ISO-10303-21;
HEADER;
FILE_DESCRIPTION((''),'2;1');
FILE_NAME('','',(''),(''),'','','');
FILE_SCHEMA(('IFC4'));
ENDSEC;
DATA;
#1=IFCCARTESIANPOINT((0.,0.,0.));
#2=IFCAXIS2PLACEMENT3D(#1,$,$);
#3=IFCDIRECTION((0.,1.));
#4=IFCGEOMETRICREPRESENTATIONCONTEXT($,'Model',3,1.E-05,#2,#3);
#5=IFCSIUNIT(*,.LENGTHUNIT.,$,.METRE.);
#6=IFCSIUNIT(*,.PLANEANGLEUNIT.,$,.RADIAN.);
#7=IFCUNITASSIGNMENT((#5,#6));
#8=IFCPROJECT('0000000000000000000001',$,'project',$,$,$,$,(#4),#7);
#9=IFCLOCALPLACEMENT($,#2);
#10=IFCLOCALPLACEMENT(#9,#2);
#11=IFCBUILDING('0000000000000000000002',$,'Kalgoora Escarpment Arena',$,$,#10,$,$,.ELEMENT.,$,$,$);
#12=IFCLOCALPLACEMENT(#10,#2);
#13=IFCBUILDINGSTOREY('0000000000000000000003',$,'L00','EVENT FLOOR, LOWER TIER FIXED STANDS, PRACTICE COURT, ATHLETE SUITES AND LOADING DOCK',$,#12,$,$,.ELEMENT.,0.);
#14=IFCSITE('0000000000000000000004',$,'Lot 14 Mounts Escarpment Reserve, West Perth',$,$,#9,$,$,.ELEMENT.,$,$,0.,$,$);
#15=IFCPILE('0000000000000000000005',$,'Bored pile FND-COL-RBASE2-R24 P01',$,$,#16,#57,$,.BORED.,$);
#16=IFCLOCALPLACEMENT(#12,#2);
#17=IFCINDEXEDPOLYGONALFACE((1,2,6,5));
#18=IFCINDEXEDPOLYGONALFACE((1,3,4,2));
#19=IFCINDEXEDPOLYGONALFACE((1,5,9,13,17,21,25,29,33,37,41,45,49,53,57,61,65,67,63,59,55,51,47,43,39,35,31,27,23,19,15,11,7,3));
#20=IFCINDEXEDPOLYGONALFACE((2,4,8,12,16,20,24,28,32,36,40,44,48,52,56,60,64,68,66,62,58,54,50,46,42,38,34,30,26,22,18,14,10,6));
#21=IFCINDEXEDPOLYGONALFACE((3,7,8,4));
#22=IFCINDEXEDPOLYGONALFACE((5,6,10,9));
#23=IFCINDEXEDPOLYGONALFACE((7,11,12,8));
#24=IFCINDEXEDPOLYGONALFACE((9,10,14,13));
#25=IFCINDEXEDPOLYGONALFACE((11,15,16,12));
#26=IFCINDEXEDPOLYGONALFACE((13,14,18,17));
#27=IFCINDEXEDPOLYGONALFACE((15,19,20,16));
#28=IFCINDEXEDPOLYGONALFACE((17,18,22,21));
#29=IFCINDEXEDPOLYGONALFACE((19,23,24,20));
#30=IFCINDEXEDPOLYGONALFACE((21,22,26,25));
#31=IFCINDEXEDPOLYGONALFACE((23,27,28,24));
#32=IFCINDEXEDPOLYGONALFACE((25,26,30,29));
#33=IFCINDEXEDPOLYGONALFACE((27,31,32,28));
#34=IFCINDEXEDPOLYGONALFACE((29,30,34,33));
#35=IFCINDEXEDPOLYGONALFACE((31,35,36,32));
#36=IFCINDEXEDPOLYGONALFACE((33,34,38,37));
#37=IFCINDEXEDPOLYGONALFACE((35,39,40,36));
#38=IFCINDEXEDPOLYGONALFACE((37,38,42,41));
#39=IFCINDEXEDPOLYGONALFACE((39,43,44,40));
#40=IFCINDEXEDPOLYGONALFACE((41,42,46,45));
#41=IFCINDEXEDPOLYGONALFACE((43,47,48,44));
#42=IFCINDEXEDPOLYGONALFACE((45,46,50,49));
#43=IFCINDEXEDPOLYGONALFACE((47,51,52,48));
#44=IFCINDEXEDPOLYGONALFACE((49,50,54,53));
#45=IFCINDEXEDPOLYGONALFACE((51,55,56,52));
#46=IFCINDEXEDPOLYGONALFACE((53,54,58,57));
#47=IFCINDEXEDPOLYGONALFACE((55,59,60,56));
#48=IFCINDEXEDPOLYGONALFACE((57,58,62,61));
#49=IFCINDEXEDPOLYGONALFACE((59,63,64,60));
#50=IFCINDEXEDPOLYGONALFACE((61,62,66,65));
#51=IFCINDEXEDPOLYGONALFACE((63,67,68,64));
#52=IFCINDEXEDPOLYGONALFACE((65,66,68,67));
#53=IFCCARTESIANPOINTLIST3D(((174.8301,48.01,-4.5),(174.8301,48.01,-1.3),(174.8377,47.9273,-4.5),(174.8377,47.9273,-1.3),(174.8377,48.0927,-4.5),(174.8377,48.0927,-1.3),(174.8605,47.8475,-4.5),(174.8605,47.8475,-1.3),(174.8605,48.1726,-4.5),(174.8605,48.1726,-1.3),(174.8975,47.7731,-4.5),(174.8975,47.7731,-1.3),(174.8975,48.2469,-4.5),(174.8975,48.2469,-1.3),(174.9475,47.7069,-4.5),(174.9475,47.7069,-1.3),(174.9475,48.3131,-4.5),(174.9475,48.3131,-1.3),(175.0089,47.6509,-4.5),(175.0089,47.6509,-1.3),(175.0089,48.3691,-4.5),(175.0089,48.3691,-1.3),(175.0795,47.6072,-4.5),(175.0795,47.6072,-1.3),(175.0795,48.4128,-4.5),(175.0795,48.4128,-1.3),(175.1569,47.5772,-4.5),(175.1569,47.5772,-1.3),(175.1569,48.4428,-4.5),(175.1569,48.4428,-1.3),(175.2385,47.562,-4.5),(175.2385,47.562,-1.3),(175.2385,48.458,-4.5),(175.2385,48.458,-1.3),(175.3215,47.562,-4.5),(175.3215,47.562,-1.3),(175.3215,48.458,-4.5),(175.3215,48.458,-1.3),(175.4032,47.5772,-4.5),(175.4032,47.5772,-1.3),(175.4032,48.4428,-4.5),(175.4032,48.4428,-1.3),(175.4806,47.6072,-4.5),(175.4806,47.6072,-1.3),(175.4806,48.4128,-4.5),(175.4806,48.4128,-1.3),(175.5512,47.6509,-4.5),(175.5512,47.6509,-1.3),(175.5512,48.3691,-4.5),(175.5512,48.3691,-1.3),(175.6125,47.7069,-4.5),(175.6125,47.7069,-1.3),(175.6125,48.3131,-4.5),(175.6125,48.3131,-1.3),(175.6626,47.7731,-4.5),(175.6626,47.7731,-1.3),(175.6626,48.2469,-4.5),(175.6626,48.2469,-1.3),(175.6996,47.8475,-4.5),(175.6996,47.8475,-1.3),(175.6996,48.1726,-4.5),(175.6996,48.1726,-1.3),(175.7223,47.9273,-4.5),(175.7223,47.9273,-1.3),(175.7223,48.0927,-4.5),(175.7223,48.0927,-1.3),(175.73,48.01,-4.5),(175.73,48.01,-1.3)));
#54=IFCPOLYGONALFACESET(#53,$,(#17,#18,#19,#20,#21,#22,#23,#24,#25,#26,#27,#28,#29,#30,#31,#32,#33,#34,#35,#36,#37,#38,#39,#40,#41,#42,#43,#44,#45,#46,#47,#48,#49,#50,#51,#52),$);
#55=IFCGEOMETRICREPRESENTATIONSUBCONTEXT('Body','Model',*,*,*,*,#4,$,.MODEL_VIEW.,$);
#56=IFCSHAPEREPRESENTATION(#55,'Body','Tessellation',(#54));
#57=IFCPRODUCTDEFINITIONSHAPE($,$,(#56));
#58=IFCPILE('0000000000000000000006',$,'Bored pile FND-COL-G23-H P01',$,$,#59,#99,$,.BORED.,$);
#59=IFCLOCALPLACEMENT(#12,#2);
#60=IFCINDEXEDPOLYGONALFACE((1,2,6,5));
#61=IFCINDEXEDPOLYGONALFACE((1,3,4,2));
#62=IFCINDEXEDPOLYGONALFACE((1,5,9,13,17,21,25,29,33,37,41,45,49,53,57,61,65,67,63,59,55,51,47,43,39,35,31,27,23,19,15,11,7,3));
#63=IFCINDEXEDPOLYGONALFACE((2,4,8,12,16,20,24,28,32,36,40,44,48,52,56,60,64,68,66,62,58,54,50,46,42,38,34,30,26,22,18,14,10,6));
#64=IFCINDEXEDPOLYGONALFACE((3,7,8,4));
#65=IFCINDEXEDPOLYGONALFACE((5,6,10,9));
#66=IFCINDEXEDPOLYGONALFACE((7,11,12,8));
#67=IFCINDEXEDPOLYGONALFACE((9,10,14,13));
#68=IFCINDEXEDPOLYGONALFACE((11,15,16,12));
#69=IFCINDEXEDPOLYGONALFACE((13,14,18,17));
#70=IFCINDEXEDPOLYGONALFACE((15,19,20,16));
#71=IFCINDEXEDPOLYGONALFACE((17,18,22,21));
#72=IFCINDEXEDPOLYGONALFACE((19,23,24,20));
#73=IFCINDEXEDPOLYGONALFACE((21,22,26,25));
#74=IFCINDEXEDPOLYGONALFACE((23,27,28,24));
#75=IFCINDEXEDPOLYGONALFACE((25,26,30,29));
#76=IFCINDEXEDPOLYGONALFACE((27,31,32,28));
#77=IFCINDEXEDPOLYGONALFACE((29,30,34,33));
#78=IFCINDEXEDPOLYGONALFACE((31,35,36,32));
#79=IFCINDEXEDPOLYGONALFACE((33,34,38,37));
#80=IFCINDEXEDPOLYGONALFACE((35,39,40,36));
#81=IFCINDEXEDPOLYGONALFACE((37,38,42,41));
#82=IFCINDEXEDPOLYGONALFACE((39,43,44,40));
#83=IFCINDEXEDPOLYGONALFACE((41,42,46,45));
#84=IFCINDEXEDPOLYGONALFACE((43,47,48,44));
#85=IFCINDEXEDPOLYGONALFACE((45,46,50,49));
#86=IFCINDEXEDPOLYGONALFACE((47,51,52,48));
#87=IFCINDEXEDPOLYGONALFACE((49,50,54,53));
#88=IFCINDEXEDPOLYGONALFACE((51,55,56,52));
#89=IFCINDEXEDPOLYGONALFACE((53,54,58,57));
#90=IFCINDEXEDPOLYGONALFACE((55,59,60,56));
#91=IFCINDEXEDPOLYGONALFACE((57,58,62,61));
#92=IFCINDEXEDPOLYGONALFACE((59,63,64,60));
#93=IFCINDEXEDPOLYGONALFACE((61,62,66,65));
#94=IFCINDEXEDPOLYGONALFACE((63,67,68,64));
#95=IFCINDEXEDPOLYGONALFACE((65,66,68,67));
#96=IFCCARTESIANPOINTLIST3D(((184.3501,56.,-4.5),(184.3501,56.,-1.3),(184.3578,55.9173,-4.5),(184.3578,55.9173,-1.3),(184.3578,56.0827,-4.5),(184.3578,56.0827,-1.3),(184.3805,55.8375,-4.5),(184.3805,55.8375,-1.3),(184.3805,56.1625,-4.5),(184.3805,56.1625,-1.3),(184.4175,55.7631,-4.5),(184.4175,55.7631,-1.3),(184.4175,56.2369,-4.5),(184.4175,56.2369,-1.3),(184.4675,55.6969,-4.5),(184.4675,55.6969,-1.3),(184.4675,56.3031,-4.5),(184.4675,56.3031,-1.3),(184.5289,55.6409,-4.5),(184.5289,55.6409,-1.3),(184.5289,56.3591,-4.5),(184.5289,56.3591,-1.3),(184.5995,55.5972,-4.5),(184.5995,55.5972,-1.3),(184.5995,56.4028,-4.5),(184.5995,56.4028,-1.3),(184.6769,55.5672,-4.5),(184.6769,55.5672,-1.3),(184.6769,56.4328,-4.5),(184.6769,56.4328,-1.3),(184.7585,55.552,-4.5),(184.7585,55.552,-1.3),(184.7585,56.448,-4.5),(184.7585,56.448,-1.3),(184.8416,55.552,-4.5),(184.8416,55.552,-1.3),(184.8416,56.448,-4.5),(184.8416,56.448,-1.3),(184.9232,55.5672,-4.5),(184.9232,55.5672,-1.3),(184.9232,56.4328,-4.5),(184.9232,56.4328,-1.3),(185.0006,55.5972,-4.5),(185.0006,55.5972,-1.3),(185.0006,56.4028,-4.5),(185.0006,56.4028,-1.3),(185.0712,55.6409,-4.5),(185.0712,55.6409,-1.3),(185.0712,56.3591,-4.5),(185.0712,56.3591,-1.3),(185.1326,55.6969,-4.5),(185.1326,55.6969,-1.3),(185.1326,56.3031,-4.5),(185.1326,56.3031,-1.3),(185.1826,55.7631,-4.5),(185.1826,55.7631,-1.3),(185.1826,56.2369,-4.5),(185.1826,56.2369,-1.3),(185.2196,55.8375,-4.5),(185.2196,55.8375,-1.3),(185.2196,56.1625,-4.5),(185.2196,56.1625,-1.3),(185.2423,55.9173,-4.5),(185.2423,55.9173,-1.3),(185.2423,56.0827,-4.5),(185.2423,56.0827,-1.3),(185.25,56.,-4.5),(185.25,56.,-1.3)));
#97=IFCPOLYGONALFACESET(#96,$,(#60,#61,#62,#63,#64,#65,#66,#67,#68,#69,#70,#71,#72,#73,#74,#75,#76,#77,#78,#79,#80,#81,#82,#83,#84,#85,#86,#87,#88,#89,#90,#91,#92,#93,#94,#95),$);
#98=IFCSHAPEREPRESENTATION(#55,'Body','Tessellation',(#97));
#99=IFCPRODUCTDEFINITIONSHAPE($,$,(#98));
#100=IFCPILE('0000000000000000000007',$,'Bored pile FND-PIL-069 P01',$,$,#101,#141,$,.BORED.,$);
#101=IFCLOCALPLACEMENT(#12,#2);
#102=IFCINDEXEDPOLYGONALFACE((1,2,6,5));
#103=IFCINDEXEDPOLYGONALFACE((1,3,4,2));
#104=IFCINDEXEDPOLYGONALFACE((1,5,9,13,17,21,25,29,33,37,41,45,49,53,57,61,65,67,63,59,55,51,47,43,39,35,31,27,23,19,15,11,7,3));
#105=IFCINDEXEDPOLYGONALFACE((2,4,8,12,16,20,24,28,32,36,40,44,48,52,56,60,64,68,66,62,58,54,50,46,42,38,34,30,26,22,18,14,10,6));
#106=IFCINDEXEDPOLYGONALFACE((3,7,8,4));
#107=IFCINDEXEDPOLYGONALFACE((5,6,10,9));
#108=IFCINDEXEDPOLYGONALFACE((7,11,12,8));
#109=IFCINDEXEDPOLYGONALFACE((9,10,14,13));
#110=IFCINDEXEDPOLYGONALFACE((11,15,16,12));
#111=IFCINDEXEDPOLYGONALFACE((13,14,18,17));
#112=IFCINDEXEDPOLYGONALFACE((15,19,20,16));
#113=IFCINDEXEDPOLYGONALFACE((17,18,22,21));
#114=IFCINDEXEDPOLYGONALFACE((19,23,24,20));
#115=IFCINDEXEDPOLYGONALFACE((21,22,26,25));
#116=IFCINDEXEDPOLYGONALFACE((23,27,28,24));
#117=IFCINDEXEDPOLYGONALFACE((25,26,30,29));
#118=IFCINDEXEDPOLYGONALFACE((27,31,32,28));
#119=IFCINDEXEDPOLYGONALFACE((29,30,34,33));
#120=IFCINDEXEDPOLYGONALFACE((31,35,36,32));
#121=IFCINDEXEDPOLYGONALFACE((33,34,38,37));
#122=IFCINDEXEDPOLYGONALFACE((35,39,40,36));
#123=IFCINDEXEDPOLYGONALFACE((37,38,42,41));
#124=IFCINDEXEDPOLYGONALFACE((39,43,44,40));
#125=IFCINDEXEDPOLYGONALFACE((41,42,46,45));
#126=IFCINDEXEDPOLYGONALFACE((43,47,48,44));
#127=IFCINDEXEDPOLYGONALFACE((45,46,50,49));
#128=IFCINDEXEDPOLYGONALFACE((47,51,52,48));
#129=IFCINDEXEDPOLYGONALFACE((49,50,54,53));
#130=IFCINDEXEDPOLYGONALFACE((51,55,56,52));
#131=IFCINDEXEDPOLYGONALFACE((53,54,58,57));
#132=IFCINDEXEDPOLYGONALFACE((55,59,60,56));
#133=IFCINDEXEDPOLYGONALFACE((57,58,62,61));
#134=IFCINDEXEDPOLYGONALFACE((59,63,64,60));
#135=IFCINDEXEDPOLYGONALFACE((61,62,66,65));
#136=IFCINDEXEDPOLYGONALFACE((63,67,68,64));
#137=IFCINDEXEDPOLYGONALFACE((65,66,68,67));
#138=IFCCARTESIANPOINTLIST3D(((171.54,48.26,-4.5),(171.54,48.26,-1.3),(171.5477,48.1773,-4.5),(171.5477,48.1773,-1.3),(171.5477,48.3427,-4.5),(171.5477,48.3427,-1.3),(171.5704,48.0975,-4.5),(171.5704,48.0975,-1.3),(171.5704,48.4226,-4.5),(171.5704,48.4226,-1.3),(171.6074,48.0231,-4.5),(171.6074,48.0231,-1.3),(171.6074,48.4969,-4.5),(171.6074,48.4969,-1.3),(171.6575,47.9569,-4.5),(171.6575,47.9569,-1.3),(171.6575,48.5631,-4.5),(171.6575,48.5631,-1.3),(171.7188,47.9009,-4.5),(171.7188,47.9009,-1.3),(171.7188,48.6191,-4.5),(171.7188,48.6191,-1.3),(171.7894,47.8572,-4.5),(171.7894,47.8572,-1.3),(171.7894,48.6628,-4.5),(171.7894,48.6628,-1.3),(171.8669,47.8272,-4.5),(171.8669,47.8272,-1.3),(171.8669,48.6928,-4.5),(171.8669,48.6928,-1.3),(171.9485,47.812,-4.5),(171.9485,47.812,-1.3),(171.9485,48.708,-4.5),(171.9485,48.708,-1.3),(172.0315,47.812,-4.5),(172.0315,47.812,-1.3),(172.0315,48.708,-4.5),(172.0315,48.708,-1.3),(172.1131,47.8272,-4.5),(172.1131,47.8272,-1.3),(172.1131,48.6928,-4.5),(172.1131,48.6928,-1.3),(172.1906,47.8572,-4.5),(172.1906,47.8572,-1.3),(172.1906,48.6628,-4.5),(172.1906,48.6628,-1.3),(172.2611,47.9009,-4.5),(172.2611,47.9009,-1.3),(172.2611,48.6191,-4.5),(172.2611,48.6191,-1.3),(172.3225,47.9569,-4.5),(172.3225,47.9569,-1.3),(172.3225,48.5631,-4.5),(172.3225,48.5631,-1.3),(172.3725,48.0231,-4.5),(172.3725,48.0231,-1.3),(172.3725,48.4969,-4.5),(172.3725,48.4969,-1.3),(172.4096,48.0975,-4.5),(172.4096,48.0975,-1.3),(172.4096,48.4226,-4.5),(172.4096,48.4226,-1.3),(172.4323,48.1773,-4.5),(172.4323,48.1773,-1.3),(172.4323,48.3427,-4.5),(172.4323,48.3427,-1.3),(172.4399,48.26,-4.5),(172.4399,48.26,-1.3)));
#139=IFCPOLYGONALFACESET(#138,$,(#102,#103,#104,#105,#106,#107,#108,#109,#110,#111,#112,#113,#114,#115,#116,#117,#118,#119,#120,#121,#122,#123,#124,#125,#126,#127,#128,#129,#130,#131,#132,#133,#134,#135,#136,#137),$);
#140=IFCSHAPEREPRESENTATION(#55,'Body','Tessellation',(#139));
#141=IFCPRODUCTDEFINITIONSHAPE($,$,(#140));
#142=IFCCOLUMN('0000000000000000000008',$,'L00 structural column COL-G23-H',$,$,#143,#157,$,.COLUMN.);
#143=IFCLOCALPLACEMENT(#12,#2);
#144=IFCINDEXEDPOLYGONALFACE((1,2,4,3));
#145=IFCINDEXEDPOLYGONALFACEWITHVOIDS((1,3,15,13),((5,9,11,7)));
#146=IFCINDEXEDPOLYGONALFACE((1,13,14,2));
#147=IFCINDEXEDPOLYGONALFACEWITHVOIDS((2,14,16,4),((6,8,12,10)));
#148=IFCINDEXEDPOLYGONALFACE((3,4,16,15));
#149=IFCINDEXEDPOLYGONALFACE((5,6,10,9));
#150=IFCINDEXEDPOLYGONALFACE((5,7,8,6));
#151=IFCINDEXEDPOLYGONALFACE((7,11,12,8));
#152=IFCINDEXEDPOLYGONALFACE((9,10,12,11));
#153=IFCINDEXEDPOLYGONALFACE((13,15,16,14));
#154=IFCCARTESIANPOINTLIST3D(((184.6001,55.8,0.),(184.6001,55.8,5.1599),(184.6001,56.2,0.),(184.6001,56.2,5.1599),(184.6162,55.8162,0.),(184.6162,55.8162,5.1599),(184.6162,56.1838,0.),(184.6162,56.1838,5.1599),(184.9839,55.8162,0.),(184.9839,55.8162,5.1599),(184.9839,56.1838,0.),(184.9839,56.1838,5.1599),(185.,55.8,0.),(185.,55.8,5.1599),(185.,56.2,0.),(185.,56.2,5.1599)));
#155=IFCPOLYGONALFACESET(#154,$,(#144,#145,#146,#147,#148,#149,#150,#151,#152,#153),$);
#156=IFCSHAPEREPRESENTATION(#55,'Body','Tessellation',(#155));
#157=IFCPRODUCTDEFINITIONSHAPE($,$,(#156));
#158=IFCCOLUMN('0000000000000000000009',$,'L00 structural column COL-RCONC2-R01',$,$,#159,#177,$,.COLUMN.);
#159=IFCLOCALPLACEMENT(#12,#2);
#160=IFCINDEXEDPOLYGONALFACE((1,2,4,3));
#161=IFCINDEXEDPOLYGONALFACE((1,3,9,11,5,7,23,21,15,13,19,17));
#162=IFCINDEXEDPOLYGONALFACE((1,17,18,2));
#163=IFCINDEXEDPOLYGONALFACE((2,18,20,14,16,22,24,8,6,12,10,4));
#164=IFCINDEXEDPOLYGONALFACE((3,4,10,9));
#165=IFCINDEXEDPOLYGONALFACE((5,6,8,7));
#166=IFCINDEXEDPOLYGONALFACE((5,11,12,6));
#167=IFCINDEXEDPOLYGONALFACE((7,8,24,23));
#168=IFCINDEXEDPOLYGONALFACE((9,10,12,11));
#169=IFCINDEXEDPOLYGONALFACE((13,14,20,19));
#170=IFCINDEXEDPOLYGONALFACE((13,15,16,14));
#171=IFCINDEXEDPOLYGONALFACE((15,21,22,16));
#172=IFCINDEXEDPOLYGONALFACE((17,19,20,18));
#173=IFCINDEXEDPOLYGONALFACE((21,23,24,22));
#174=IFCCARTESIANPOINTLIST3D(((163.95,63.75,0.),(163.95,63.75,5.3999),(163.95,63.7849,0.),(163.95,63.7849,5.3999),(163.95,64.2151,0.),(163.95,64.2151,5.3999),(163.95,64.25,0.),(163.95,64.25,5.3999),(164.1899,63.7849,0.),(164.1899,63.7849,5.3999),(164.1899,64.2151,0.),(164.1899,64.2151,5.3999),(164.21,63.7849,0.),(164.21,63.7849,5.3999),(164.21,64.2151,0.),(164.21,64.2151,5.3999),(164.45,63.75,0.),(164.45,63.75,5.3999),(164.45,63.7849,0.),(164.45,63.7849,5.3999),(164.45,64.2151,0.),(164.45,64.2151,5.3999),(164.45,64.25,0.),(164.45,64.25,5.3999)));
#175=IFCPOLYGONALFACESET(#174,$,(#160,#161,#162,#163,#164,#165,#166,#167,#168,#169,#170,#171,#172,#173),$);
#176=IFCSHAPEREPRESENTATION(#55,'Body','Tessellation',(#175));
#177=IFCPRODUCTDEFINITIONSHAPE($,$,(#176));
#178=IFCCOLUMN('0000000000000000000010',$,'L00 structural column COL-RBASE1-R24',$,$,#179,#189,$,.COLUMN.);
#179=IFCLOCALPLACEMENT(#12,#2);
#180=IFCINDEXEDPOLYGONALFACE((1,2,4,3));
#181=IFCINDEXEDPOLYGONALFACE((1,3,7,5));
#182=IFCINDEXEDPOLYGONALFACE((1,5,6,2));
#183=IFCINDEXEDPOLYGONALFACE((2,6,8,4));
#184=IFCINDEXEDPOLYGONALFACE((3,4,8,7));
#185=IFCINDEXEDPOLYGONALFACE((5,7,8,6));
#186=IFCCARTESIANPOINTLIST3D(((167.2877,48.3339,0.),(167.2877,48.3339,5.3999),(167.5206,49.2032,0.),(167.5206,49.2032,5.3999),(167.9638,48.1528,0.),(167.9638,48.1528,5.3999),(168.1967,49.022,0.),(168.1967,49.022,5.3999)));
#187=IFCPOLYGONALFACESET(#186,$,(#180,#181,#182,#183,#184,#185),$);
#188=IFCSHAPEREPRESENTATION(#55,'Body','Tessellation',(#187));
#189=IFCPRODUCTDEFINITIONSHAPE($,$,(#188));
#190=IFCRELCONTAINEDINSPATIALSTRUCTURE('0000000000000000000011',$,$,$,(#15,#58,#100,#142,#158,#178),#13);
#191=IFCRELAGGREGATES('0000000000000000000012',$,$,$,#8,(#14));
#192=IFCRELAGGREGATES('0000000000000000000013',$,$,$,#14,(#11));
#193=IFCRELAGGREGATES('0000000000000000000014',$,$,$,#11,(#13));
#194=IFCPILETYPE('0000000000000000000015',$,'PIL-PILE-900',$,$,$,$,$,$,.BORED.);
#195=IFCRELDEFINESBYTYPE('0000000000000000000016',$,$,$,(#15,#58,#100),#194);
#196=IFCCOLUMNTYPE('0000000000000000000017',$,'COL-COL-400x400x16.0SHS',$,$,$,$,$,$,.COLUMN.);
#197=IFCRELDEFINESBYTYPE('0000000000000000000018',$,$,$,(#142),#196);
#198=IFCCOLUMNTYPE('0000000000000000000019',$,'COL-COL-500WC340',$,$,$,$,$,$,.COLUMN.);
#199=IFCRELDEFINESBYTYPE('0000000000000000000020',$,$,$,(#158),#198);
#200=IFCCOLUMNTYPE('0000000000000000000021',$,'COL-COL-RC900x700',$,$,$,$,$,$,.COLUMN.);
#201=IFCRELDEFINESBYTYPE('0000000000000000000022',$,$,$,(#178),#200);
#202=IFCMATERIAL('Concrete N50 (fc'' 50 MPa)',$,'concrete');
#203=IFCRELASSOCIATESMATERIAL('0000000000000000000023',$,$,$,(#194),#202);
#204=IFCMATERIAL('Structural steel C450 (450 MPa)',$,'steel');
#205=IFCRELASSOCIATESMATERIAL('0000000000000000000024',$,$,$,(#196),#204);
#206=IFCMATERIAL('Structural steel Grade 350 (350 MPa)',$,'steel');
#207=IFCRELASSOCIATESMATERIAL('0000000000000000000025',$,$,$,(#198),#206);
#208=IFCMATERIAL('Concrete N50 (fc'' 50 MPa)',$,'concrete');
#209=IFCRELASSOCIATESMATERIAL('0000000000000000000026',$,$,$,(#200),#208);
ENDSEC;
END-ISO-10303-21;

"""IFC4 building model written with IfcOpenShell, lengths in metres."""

from ifc_helpers import new_model, si_unit, direction, frame, origin, origin_2d, place, context, subcontext, project, spatial, rectangle, hollow_rectangle, circle, i_section, extrude, material, material_profile, profile_set, type_object, element, save


model = new_model("IFC4")

# Units and contexts
model_context = context("Model", 3, precision=1e-05, world=origin(), true_north=direction((0.0, 1.0)))
body_context = subcontext(model_context, "Body", "Model", "MODEL_VIEW")
ifc_project = project(units=[si_unit("LENGTHUNIT", "METRE"), si_unit("PLANEANGLEUNIT", "RADIAN")], contexts=[model_context])

# Site, building, storey
site_placement = place(None, origin())
site = spatial("IfcSite", under=ifc_project, at=site_placement, Name="Lot 14 Mounts Escarpment Reserve, West Perth", CompositionType="ELEMENT", RefElevation=0.0)
building_placement = place(site_placement, origin())
building = spatial("IfcBuilding", under=site, at=building_placement, Name="Kalgoora Escarpment Arena", CompositionType="ELEMENT")
storey_placement = place(building_placement, origin())
storey = spatial("IfcBuildingStorey", under=building, at=storey_placement, Name="L00", Description="EVENT FLOOR, LOWER TIER FIXED STANDS, PRACTICE COURT, ATHLETE SUITES AND LOADING DOCK", CompositionType="ELEMENT", Elevation=0.0)

# Piles
ifc_material_1 = material(Name="Concrete N50 (fc' 50 MPa)", Category="concrete")
ifc_material_profile_1 = material_profile(ifc_material_1, circle(Radius=0.45, at=origin_2d()))
ifc_profile_set_1 = profile_set([ifc_material_profile_1], Name="Concrete N50 (fc' 50 MPa)")
pile_type_1 = type_object("IfcPileType", Name="PIL-PILE-900", PredefinedType="BORED", material=ifc_profile_set_1)
for number, where, z_axis, x_axis, name in (
    (1, (175.28, 48.01, -1.3), (0.0, 0.0, -1.0), (1.0, 0.0, 0.0), "Bored pile FND-COL-RBASE2-R24 P01"),
    (2, (184.8, 56.0, -1.3), (0.0, 0.0, -1.0), (1.0, 0.0, 0.0), "Bored pile FND-COL-G23-H P01"),
    (3, (171.99, 48.26, -1.3), (0.0, 0.0, -1.0), (1.0, 0.0, 0.0), "Bored pile FND-PIL-069 P01"),
):
    element("IfcPile", number, at=place(storey_placement, frame(where, z_axis=z_axis, x_axis=x_axis)), inside=storey, type_object=pile_type_1, Name=name, PredefinedType="BORED", context=body_context, shape_type="SweptSolid", body=[
        extrude(circle(Radius=0.45, at=origin_2d()), origin(), (0.0, 0.0, 1.0), 3.2),
    ])

# Columns
ifc_material_2 = material(Name="Structural steel C450 (450 MPa)", Category="steel")
ifc_material_profile_2 = material_profile(ifc_material_2, hollow_rectangle(XDim=0.3999, YDim=0.3999, WallThickness=0.0161, at=origin_2d()))
ifc_profile_set_2 = profile_set([ifc_material_profile_2], Name="Structural steel C450 (450 MPa)")
column_type_1 = type_object("IfcColumnType", Name="COL-COL-400x400x16.0SHS", PredefinedType="COLUMN", material=ifc_profile_set_2)
column_1_placement = place(storey_placement, frame((184.8, 56.0, 0.0), z_axis=(0.0, 0.0, 1.0), x_axis=(1.0, 0.0, 0.0)))
element("IfcColumn", 4, at=column_1_placement, inside=storey, type_object=column_type_1, Name="L00 structural column COL-G23-H", PredefinedType="COLUMN", context=body_context, shape_type="SweptSolid", body=[
    extrude(hollow_rectangle(XDim=0.3999, YDim=0.3999, WallThickness=0.0161, at=origin_2d()), origin(), (0.0, 0.0, 1.0), 5.1599),
])
ifc_material_3 = material(Name="Structural steel Grade 350 (350 MPa)", Category="steel")
ifc_material_profile_3 = material_profile(ifc_material_3, i_section(OverallWidth=0.5, OverallDepth=0.5, WebThickness=0.02, FlangeThickness=0.0349, at=origin_2d()))
ifc_profile_set_3 = profile_set([ifc_material_profile_3], Name="Structural steel Grade 350 (350 MPa)")
column_type_2 = type_object("IfcColumnType", Name="COL-COL-500WC340", PredefinedType="COLUMN", material=ifc_profile_set_3)
column_2_placement = place(storey_placement, frame((164.2, 64.0, 0.0), z_axis=(0.0, 0.0, 1.0), x_axis=(1.0, 0.0, 0.0)))
element("IfcColumn", 5, at=column_2_placement, inside=storey, type_object=column_type_2, Name="L00 structural column COL-RCONC2-R01", PredefinedType="COLUMN", context=body_context, shape_type="SweptSolid", body=[
    extrude(i_section(OverallWidth=0.5, OverallDepth=0.5, WebThickness=0.02, FlangeThickness=0.0349, at=origin_2d()), origin(), (0.0, 0.0, 1.0), 5.3999),
])
ifc_material_4 = material(Name="Concrete N50 (fc' 50 MPa)", Category="concrete")
ifc_material_profile_4 = material_profile(ifc_material_4, rectangle(XDim=0.7, YDim=0.8999, at=origin_2d()))
ifc_profile_set_4 = profile_set([ifc_material_profile_4], Name="Concrete N50 (fc' 50 MPa)")
column_type_3 = type_object("IfcColumnType", Name="COL-COL-RC900x700", PredefinedType="COLUMN", material=ifc_profile_set_4)
column_3_placement = place(storey_placement, frame((167.7422, 48.678, 0.0), z_axis=(0.0, 0.0, 1.0), x_axis=(0.965926, -0.258819, 0.0)))
element("IfcColumn", 6, at=column_3_placement, inside=storey, type_object=column_type_3, Name="L00 structural column COL-RBASE1-R24", PredefinedType="COLUMN", context=body_context, shape_type="SweptSolid", body=[
    extrude(rectangle(XDim=0.7, YDim=0.8999, at=origin_2d()), origin(), (0.0, 0.0, 1.0), 5.3999),
])

save(model, "model.ifc")
